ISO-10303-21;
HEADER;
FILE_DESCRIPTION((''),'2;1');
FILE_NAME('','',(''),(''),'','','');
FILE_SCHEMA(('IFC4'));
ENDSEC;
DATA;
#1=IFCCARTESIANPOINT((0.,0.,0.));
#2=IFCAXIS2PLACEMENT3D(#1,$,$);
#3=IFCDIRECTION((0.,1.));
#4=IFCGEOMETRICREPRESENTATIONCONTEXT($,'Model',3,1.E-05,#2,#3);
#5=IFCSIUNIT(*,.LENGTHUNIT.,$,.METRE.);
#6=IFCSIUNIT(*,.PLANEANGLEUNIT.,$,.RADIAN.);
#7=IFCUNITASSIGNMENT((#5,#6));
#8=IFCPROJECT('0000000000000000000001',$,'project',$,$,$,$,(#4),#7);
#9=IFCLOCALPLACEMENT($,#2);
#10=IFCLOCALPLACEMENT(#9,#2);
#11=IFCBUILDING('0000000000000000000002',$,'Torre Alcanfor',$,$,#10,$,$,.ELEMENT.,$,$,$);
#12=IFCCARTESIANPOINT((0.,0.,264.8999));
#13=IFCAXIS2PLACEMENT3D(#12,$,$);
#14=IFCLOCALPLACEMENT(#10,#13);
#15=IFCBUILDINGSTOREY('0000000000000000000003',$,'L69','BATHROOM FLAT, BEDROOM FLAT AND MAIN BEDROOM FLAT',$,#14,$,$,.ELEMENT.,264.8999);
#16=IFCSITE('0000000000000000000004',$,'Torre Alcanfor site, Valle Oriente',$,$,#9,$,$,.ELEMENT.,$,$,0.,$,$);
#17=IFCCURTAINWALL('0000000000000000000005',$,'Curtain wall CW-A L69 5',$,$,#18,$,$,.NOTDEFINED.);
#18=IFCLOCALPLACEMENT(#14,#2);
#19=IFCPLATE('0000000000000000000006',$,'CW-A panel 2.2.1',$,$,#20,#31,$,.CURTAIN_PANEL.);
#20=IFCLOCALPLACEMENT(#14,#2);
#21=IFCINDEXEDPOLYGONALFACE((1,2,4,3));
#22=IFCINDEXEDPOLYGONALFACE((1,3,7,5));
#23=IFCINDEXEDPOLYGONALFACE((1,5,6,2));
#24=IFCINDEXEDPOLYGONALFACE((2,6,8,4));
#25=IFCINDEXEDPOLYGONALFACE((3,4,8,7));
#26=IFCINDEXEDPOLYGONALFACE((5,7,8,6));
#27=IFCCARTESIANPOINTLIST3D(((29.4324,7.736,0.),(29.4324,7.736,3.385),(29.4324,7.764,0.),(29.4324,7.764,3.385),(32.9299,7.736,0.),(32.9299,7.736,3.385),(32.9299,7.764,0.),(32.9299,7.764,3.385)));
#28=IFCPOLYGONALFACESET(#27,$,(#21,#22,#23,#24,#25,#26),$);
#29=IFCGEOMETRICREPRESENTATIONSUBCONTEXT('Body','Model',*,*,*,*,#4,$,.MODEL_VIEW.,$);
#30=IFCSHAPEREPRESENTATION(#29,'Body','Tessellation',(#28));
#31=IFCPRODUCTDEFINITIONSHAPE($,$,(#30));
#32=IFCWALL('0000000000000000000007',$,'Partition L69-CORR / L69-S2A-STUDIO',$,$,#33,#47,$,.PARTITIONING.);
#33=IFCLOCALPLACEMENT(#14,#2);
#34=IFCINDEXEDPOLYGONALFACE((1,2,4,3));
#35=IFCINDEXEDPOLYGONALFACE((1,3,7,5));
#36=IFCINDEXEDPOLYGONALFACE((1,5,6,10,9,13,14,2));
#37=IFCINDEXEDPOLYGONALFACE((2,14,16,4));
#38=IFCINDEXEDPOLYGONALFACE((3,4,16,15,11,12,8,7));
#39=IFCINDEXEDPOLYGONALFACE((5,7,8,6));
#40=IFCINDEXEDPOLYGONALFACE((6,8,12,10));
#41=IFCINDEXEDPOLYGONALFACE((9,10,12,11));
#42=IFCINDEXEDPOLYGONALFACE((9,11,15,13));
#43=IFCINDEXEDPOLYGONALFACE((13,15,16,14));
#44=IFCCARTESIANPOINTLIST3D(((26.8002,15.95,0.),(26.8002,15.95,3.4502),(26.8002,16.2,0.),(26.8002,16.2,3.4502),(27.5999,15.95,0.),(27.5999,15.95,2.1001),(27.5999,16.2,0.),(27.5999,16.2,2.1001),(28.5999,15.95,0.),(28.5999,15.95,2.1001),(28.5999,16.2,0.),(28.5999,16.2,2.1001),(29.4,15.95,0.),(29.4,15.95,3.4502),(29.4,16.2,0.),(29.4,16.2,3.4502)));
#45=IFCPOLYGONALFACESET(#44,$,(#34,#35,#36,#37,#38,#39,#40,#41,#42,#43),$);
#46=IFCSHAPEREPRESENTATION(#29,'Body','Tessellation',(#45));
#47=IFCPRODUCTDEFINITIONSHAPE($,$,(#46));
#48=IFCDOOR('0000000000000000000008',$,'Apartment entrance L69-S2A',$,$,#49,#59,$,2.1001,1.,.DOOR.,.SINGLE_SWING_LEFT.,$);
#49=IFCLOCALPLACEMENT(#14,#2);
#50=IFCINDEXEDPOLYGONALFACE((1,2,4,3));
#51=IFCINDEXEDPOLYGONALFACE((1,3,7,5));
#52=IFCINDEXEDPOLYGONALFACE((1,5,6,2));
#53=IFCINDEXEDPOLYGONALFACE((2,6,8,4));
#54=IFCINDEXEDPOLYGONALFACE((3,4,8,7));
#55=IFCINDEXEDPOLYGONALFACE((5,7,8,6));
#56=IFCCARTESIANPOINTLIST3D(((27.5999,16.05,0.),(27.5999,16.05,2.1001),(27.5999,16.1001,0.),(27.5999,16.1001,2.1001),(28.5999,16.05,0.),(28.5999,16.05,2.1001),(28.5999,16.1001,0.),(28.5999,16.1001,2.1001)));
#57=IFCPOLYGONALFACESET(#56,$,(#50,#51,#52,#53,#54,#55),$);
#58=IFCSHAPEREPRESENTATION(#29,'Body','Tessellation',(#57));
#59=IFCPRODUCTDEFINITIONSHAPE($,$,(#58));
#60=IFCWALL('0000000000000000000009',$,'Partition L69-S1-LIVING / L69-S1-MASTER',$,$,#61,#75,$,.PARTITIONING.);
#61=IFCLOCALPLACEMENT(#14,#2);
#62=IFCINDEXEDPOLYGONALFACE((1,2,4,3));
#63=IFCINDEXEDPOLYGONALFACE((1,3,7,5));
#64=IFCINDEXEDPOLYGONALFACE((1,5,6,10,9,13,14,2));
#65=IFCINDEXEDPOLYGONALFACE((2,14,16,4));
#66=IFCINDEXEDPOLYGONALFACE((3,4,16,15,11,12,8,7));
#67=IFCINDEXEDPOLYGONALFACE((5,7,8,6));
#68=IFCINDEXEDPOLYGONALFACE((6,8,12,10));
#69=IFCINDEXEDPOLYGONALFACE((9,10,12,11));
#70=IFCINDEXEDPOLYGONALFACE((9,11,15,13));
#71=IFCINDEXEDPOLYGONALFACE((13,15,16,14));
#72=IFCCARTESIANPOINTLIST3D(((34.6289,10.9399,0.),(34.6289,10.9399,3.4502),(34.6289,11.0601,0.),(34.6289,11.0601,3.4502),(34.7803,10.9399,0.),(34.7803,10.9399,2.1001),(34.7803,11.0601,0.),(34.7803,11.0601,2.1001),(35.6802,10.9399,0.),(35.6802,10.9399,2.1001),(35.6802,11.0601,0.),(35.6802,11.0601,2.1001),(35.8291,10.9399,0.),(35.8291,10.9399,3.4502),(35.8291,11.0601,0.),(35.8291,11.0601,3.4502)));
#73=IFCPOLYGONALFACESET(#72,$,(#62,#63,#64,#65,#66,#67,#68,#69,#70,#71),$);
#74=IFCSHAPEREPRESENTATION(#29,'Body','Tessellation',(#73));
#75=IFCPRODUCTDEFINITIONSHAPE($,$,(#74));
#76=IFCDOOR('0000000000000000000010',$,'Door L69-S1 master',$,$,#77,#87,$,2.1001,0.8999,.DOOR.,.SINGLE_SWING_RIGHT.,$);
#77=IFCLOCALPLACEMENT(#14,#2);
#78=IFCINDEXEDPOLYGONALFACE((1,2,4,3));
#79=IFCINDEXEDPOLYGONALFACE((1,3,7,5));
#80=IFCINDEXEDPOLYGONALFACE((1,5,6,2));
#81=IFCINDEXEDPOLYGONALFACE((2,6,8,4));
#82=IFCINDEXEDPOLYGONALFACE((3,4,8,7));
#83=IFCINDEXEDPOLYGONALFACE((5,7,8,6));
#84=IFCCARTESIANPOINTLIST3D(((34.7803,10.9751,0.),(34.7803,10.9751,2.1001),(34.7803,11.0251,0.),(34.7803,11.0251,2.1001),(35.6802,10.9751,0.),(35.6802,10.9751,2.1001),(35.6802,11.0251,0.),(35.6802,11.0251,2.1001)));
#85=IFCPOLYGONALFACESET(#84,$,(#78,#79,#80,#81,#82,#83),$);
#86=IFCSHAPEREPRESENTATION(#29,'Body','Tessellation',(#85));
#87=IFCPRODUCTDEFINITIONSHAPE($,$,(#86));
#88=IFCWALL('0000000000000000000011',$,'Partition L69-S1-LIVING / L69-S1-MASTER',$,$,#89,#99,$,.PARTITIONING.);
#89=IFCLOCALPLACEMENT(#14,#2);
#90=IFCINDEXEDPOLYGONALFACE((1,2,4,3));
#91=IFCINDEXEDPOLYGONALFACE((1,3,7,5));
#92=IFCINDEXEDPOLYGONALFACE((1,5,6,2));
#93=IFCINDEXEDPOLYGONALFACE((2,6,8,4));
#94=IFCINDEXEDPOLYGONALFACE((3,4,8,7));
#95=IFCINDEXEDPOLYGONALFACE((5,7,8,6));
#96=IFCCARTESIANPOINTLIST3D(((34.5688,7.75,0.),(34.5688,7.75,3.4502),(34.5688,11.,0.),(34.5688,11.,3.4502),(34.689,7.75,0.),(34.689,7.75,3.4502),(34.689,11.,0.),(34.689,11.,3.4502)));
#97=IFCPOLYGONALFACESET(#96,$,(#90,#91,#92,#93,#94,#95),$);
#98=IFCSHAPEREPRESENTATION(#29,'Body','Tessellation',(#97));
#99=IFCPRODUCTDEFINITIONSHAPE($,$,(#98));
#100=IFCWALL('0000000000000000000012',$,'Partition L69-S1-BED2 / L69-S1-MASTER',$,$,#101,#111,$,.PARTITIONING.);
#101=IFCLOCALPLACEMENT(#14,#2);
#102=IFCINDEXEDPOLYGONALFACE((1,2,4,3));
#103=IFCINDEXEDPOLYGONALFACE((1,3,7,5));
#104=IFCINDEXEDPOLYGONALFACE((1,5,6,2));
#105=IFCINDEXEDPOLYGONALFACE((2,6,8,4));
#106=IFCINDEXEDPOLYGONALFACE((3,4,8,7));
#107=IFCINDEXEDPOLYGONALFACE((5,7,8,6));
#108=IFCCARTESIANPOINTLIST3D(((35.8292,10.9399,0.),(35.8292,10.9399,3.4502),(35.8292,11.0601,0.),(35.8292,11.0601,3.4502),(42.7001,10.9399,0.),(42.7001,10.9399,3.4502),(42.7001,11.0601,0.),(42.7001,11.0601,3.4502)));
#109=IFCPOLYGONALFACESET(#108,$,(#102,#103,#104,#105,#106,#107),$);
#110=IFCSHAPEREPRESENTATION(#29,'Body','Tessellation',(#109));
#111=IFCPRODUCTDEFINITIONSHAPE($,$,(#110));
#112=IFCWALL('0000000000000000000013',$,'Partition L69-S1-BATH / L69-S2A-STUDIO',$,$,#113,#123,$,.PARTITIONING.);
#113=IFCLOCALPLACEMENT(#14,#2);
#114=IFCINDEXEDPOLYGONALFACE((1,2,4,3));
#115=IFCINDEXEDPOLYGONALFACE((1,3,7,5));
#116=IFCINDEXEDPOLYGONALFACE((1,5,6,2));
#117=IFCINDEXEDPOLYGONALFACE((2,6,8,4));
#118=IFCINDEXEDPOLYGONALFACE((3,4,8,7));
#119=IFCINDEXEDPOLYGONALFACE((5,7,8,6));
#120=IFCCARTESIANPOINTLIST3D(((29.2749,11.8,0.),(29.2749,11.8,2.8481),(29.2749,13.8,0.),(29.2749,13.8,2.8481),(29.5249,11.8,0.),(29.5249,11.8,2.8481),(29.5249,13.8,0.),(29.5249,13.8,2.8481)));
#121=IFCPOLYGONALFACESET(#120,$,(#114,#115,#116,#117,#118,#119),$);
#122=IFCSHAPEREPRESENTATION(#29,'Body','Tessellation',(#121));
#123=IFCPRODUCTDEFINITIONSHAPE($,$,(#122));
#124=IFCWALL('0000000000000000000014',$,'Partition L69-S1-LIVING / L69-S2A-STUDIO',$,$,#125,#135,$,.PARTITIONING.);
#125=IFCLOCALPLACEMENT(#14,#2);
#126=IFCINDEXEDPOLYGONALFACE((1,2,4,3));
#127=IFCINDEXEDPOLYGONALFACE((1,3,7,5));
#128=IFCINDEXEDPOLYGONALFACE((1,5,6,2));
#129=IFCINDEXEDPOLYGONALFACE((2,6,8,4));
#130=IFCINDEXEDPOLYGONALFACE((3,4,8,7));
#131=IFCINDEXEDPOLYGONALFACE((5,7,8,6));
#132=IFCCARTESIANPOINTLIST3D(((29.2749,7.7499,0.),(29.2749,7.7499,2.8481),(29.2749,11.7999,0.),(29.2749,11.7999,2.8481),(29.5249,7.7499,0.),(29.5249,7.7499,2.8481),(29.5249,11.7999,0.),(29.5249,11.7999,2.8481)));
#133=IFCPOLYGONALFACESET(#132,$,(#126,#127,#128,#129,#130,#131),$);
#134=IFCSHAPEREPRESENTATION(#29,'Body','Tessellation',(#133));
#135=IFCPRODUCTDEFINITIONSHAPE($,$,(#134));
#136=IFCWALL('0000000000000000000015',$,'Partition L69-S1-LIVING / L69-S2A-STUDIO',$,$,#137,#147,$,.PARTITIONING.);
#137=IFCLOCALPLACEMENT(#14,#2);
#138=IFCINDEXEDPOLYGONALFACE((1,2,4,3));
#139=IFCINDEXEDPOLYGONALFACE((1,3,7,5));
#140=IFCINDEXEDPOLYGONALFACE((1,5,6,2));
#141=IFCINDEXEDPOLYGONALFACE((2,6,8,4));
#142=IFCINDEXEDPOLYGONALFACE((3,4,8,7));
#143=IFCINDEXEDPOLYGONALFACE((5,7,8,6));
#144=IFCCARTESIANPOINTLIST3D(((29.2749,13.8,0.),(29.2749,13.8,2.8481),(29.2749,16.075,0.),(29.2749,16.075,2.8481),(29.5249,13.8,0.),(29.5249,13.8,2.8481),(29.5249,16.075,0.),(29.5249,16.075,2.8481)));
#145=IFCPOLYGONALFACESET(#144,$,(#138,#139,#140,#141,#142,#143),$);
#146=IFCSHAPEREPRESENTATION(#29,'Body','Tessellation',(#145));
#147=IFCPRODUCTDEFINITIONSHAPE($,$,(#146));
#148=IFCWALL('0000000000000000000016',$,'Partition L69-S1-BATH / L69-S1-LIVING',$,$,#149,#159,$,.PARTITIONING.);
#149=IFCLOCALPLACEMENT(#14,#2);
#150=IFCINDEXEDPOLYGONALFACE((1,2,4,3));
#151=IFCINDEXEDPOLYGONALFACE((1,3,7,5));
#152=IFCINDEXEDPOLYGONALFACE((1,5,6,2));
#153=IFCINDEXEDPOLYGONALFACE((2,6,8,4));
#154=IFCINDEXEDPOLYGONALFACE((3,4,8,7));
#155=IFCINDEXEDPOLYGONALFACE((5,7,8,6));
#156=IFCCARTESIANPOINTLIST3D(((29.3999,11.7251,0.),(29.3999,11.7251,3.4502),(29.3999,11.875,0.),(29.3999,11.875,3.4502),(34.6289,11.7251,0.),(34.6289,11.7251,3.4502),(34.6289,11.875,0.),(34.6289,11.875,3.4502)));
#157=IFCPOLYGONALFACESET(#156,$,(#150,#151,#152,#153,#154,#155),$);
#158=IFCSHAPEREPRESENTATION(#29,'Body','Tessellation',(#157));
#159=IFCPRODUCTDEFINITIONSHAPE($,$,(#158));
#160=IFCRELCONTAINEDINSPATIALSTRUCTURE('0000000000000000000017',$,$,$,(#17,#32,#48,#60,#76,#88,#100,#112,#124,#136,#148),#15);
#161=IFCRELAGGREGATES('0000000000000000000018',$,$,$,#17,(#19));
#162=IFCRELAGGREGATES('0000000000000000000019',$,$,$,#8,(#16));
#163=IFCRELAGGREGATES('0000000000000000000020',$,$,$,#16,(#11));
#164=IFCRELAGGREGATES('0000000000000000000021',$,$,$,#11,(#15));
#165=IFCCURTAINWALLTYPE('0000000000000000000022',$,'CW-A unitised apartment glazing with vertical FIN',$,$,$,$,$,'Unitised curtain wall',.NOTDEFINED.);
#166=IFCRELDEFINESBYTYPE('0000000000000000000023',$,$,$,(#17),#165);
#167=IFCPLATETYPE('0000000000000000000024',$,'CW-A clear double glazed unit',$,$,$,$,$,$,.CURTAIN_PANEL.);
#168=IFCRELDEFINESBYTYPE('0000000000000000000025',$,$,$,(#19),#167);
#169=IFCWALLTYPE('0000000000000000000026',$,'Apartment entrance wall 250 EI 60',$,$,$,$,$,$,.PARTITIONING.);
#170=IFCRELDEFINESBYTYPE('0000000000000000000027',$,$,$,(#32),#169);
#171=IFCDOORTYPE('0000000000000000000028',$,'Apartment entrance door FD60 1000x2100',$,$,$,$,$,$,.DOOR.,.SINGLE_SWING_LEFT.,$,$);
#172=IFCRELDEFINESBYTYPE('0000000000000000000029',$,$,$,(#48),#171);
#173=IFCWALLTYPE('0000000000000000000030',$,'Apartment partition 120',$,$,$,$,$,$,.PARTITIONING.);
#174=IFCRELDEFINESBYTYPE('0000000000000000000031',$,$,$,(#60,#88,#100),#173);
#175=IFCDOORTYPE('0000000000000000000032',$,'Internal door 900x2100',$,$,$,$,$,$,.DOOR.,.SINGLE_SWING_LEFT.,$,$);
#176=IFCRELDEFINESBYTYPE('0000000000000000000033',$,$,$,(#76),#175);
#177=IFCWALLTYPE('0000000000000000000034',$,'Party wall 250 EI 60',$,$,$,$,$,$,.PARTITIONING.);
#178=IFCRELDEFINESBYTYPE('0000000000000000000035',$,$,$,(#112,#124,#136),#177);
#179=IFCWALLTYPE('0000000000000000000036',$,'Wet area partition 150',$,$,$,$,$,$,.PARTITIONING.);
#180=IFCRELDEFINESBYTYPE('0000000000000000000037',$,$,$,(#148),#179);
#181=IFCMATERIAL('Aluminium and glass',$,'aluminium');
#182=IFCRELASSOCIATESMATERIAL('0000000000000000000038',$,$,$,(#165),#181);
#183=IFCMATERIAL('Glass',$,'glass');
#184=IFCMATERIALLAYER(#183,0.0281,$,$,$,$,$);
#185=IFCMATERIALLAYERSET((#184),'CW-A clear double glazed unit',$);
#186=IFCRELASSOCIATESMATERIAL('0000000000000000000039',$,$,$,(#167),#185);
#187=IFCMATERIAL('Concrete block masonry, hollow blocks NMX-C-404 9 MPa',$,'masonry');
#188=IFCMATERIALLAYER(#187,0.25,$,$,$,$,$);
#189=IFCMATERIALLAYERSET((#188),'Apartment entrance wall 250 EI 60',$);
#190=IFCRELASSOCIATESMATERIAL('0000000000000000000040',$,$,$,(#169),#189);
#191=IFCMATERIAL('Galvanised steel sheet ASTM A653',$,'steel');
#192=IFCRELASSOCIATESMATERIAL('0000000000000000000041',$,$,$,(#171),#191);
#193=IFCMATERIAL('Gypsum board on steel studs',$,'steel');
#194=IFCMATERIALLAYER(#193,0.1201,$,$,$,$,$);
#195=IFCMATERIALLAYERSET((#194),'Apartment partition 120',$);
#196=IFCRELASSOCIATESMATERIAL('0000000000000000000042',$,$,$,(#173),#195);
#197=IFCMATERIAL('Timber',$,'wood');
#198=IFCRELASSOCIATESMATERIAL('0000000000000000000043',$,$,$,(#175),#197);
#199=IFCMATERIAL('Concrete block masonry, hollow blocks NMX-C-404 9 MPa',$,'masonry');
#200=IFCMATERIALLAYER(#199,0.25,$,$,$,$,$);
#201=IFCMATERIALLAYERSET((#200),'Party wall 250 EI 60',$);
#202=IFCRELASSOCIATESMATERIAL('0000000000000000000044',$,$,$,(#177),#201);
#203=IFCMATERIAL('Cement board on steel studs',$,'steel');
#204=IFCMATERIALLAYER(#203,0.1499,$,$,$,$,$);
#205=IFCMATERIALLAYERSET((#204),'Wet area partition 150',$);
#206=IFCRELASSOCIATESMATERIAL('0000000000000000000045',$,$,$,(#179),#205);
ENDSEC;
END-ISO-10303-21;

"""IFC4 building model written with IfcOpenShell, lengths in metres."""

from ifc_helpers import new_model, si_unit, direction, frame, frame_2d, origin, origin_2d, place, context, subcontext, project, spatial, rectangle, extrude, material, layer, layer_set, type_object, element, fill, aggregate, save


model = new_model("IFC4")

# Units and contexts
model_context = context("Model", 3, precision=1e-05, world=origin(), true_north=direction((0.0, 1.0)))
body_context = subcontext(model_context, "Body", "Model", "MODEL_VIEW")
ifc_project = project(units=[si_unit("LENGTHUNIT", "METRE"), si_unit("PLANEANGLEUNIT", "RADIAN")], contexts=[model_context])

# Site, building, storey
site_placement = place(None, origin())
site = spatial("IfcSite", under=ifc_project, at=site_placement, Name="Torre Alcanfor site, Valle Oriente", CompositionType="ELEMENT", RefElevation=0.0)
building_placement = place(site_placement, origin())
building = spatial("IfcBuilding", under=site, at=building_placement, Name="Torre Alcanfor", CompositionType="ELEMENT")
storey_placement = place(building_placement, frame((0.0, 0.0, 264.8999)))
storey = spatial("IfcBuildingStorey", under=building, at=storey_placement, Name="L69", Description="BATHROOM FLAT, BEDROOM FLAT AND MAIN BEDROOM FLAT", CompositionType="ELEMENT", Elevation=264.8999)

# Curtain wall
ifc_material_1 = material(Name="Aluminium and glass", Category="aluminium")
curtain_wall_type = type_object("IfcCurtainWallType", Name="CW-A unitised apartment glazing with vertical FIN", ElementType="Unitised curtain wall", PredefinedType="NOTDEFINED", material=ifc_material_1)
curtain_wall_placement = place(storey_placement, origin())
curtain_wall = element("IfcCurtainWall", 1, at=curtain_wall_placement, inside=storey, type_object=curtain_wall_type, Name="Curtain wall CW-A L69 5", PredefinedType="NOTDEFINED")

# Plate
ifc_material_2 = material(Name="Glass", Category="glass")
ifc_layer_1 = layer(ifc_material_2, 0.0281)
ifc_layer_set_1 = layer_set([ifc_layer_1], Name="CW-A clear double glazed unit")
plate_type = type_object("IfcPlateType", Name="CW-A clear double glazed unit", PredefinedType="CURTAIN_PANEL", material=ifc_layer_set_1)
plate_placement = place(storey_placement, frame((31.1812, 7.75, 0.0), z_axis=(0.0, 0.0, 1.0), x_axis=(1.0, 0.0, 0.0)))
plate = element("IfcPlate", 2, at=plate_placement, type_object=plate_type, Name="CW-A panel 2.2.1", PredefinedType="CURTAIN_PANEL", context=body_context, shape_type="SweptSolid", body=[
    extrude(rectangle(XDim=3.4976, YDim=0.0281, at=origin_2d()), origin(), (0.0, 0.0, 1.0), 3.385),
])
aggregate(curtain_wall, [plate])

# Walls, openings, doors
ifc_material_3 = material(Name="Concrete block masonry, hollow blocks NMX-C-404 9 MPa", Category="masonry")
ifc_layer_2 = layer(ifc_material_3, 0.25)
ifc_layer_set_2 = layer_set([ifc_layer_2], Name="Apartment entrance wall 250 EI 60")
wall_type_1 = type_object("IfcWallType", Name="Apartment entrance wall 250 EI 60", PredefinedType="PARTITIONING", material=ifc_layer_set_2)
wall_1_placement = place(storey_placement, frame((29.3999, 16.075, 0.0), z_axis=(0.0, 0.0, 1.0), x_axis=(-1.0, 0.0, 0.0)))
wall_1 = element("IfcWall", 3, at=wall_1_placement, inside=storey, type_object=wall_type_1, Name="Partition L69-CORR / L69-S2A-STUDIO", PredefinedType="PARTITIONING", context=body_context, shape_type="SweptSolid", body=[
    extrude(rectangle(XDim=2.5999, YDim=0.25, at=frame_2d((1.2998, 0.0))), origin(), (0.0, 0.0, 1.0), 3.4502),
])
opening_1_placement = place(wall_1_placement, frame((0.8, 0.0, 0.0)))
opening_1 = element("IfcOpeningElement", 4, at=opening_1_placement, cuts=wall_1, PredefinedType="OPENING", context=body_context, shape_type="SweptSolid", body=[
    extrude(rectangle(XDim=1.0, YDim=2.1001, at=frame_2d((0.5, 1.05))), frame((0.0, 0.135, 0.0), z_axis=(0.0, -1.0, 0.0), x_axis=(1.0, 0.0, 0.0)), (0.0, 0.0, 1.0), 0.27),
])
ifc_material_4 = material(Name="Galvanised steel sheet ASTM A653", Category="steel")
door_type_1 = type_object("IfcDoorType", Name="Apartment entrance door FD60 1000x2100", OperationType="SINGLE_SWING_LEFT", PredefinedType="DOOR", material=ifc_material_4)
door_1_placement = place(opening_1_placement, origin())
door_1 = element("IfcDoor", 5, at=door_1_placement, inside=storey, type_object=door_type_1, Name="Apartment entrance L69-S2A", OperationType="SINGLE_SWING_LEFT", OverallHeight=2.1001, OverallWidth=1.0, PredefinedType="DOOR", context=body_context, shape_type="SweptSolid", body=[
    extrude(rectangle(XDim=1.0, YDim=2.1001, at=frame_2d((0.5, 1.05))), frame((0.0, 0.0249, 0.0), z_axis=(0.0, -1.0, 0.0), x_axis=(1.0, 0.0, 0.0)), (0.0, 0.0, 1.0), 0.05),
])
fill(opening_1, door_1)
ifc_material_5 = material(Name="Gypsum board on steel studs", Category="steel")
ifc_layer_3 = layer(ifc_material_5, 0.1201)
ifc_layer_set_3 = layer_set([ifc_layer_3], Name="Apartment partition 120")
wall_type_2 = type_object("IfcWallType", Name="Apartment partition 120", PredefinedType="PARTITIONING", material=ifc_layer_set_3)
wall_2_placement = place(storey_placement, frame((35.8291, 11.0, 0.0), z_axis=(0.0, 0.0, 1.0), x_axis=(-1.0, 0.0, 0.0)))
wall_2 = element("IfcWall", 6, at=wall_2_placement, inside=storey, type_object=wall_type_2, Name="Partition L69-S1-LIVING / L69-S1-MASTER", PredefinedType="PARTITIONING", context=body_context, shape_type="SweptSolid", body=[
    extrude(rectangle(XDim=1.2002, YDim=0.1201, at=frame_2d((0.6001, 0.0))), origin(), (0.0, 0.0, 1.0), 3.4502),
])
opening_2_placement = place(wall_2_placement, frame((0.1489, 0.0, 0.0)))
opening_2 = element("IfcOpeningElement", 7, at=opening_2_placement, cuts=wall_2, PredefinedType="OPENING", context=body_context, shape_type="SweptSolid", body=[
    extrude(rectangle(XDim=0.8999, YDim=2.1001, at=frame_2d((0.45, 1.05))), frame((0.0, 0.0701, 0.0), z_axis=(0.0, -1.0, 0.0), x_axis=(1.0, 0.0, 0.0)), (0.0, 0.0, 1.0), 0.1401),
])
ifc_material_6 = material(Name="Timber", Category="wood")
door_type_2 = type_object("IfcDoorType", Name="Internal door 900x2100", OperationType="SINGLE_SWING_LEFT", PredefinedType="DOOR", material=ifc_material_6)
door_2_placement = place(opening_2_placement, origin())
door_2 = element("IfcDoor", 8, at=door_2_placement, inside=storey, type_object=door_type_2, Name="Door L69-S1 master", OperationType="SINGLE_SWING_RIGHT", OverallHeight=2.1001, OverallWidth=0.8999, PredefinedType="DOOR", context=body_context, shape_type="SweptSolid", body=[
    extrude(rectangle(XDim=0.8999, YDim=2.1001, at=frame_2d((0.45, 1.05))), frame((0.0, 0.0249, 0.0), z_axis=(0.0, -1.0, 0.0), x_axis=(1.0, 0.0, 0.0)), (0.0, 0.0, 1.0), 0.05),
])
fill(opening_2, door_2)

# Walls
wall_3_placement = place(storey_placement, frame((34.6289, 11.0, 0.0), z_axis=(0.0, 0.0, 1.0), x_axis=(0.0, -1.0, 0.0)))
element("IfcWall", 9, at=wall_3_placement, inside=storey, type_object=wall_type_2, Name="Partition L69-S1-LIVING / L69-S1-MASTER", PredefinedType="PARTITIONING", context=body_context, shape_type="SweptSolid", body=[
    extrude(rectangle(XDim=3.25, YDim=0.1201, at=frame_2d((1.625, 0.0))), origin(), (0.0, 0.0, 1.0), 3.4502),
])
wall_4_placement = place(storey_placement, frame((35.8291, 11.0, 0.0), z_axis=(0.0, 0.0, 1.0), x_axis=(1.0, 0.0, 0.0)))
element("IfcWall", 10, at=wall_4_placement, inside=storey, type_object=wall_type_2, Name="Partition L69-S1-BED2 / L69-S1-MASTER", PredefinedType="PARTITIONING", context=body_context, shape_type="SweptSolid", body=[
    extrude(rectangle(XDim=6.8708, YDim=0.1201, at=frame_2d((3.4355, 0.0))), origin(), (0.0, 0.0, 1.0), 3.4502),
])
ifc_material_7 = material(Name="Concrete block masonry, hollow blocks NMX-C-404 9 MPa", Category="masonry")
ifc_layer_4 = layer(ifc_material_7, 0.25)
ifc_layer_set_4 = layer_set([ifc_layer_4], Name="Party wall 250 EI 60")
wall_type_3 = type_object("IfcWallType", Name="Party wall 250 EI 60", PredefinedType="PARTITIONING", material=ifc_layer_set_4)
wall_5_placement = place(storey_placement, frame((29.3999, 13.8, 0.0), z_axis=(0.0, 0.0, 1.0), x_axis=(0.0, -1.0, 0.0)))
element("IfcWall", 11, at=wall_5_placement, inside=storey, type_object=wall_type_3, Name="Partition L69-S1-BATH / L69-S2A-STUDIO", PredefinedType="PARTITIONING", context=body_context, shape_type="SweptSolid", body=[
    extrude(rectangle(XDim=2.0, YDim=0.25, at=frame_2d((1.0, 0.0))), origin(), (0.0, 0.0, 1.0), 2.8481),
])
wall_6_placement = place(storey_placement, frame((29.3999, 7.75, 0.0), z_axis=(0.0, 0.0, 1.0), x_axis=(0.0, 1.0, 0.0)))
element("IfcWall", 12, at=wall_6_placement, inside=storey, type_object=wall_type_3, Name="Partition L69-S1-LIVING / L69-S2A-STUDIO", PredefinedType="PARTITIONING", context=body_context, shape_type="SweptSolid", body=[
    extrude(rectangle(XDim=4.05, YDim=0.25, at=frame_2d((2.0249, 0.0))), origin(), (0.0, 0.0, 1.0), 2.8481),
])
wall_7_placement = place(storey_placement, frame((29.3999, 13.8, 0.0), z_axis=(0.0, 0.0, 1.0), x_axis=(0.0, 1.0, 0.0)))
element("IfcWall", 13, at=wall_7_placement, inside=storey, type_object=wall_type_3, Name="Partition L69-S1-LIVING / L69-S2A-STUDIO", PredefinedType="PARTITIONING", context=body_context, shape_type="SweptSolid", body=[
    extrude(rectangle(XDim=2.2749, YDim=0.25, at=frame_2d((1.1375, 0.0))), origin(), (0.0, 0.0, 1.0), 2.8481),
])
ifc_material_8 = material(Name="Cement board on steel studs", Category="steel")
ifc_layer_5 = layer(ifc_material_8, 0.1499)
ifc_layer_set_5 = layer_set([ifc_layer_5], Name="Wet area partition 150")
wall_type_4 = type_object("IfcWallType", Name="Wet area partition 150", PredefinedType="PARTITIONING", material=ifc_layer_set_5)
wall_8_placement = place(storey_placement, frame((29.3999, 11.8, 0.0), z_axis=(0.0, 0.0, 1.0), x_axis=(1.0, 0.0, 0.0)))
element("IfcWall", 14, at=wall_8_placement, inside=storey, type_object=wall_type_4, Name="Partition L69-S1-BATH / L69-S1-LIVING", PredefinedType="PARTITIONING", context=body_context, shape_type="SweptSolid", body=[
    extrude(rectangle(XDim=5.229, YDim=0.1499, at=frame_2d((2.6145, 0.0))), origin(), (0.0, 0.0, 1.0), 3.4502),
])

save(model, "model.ifc")
